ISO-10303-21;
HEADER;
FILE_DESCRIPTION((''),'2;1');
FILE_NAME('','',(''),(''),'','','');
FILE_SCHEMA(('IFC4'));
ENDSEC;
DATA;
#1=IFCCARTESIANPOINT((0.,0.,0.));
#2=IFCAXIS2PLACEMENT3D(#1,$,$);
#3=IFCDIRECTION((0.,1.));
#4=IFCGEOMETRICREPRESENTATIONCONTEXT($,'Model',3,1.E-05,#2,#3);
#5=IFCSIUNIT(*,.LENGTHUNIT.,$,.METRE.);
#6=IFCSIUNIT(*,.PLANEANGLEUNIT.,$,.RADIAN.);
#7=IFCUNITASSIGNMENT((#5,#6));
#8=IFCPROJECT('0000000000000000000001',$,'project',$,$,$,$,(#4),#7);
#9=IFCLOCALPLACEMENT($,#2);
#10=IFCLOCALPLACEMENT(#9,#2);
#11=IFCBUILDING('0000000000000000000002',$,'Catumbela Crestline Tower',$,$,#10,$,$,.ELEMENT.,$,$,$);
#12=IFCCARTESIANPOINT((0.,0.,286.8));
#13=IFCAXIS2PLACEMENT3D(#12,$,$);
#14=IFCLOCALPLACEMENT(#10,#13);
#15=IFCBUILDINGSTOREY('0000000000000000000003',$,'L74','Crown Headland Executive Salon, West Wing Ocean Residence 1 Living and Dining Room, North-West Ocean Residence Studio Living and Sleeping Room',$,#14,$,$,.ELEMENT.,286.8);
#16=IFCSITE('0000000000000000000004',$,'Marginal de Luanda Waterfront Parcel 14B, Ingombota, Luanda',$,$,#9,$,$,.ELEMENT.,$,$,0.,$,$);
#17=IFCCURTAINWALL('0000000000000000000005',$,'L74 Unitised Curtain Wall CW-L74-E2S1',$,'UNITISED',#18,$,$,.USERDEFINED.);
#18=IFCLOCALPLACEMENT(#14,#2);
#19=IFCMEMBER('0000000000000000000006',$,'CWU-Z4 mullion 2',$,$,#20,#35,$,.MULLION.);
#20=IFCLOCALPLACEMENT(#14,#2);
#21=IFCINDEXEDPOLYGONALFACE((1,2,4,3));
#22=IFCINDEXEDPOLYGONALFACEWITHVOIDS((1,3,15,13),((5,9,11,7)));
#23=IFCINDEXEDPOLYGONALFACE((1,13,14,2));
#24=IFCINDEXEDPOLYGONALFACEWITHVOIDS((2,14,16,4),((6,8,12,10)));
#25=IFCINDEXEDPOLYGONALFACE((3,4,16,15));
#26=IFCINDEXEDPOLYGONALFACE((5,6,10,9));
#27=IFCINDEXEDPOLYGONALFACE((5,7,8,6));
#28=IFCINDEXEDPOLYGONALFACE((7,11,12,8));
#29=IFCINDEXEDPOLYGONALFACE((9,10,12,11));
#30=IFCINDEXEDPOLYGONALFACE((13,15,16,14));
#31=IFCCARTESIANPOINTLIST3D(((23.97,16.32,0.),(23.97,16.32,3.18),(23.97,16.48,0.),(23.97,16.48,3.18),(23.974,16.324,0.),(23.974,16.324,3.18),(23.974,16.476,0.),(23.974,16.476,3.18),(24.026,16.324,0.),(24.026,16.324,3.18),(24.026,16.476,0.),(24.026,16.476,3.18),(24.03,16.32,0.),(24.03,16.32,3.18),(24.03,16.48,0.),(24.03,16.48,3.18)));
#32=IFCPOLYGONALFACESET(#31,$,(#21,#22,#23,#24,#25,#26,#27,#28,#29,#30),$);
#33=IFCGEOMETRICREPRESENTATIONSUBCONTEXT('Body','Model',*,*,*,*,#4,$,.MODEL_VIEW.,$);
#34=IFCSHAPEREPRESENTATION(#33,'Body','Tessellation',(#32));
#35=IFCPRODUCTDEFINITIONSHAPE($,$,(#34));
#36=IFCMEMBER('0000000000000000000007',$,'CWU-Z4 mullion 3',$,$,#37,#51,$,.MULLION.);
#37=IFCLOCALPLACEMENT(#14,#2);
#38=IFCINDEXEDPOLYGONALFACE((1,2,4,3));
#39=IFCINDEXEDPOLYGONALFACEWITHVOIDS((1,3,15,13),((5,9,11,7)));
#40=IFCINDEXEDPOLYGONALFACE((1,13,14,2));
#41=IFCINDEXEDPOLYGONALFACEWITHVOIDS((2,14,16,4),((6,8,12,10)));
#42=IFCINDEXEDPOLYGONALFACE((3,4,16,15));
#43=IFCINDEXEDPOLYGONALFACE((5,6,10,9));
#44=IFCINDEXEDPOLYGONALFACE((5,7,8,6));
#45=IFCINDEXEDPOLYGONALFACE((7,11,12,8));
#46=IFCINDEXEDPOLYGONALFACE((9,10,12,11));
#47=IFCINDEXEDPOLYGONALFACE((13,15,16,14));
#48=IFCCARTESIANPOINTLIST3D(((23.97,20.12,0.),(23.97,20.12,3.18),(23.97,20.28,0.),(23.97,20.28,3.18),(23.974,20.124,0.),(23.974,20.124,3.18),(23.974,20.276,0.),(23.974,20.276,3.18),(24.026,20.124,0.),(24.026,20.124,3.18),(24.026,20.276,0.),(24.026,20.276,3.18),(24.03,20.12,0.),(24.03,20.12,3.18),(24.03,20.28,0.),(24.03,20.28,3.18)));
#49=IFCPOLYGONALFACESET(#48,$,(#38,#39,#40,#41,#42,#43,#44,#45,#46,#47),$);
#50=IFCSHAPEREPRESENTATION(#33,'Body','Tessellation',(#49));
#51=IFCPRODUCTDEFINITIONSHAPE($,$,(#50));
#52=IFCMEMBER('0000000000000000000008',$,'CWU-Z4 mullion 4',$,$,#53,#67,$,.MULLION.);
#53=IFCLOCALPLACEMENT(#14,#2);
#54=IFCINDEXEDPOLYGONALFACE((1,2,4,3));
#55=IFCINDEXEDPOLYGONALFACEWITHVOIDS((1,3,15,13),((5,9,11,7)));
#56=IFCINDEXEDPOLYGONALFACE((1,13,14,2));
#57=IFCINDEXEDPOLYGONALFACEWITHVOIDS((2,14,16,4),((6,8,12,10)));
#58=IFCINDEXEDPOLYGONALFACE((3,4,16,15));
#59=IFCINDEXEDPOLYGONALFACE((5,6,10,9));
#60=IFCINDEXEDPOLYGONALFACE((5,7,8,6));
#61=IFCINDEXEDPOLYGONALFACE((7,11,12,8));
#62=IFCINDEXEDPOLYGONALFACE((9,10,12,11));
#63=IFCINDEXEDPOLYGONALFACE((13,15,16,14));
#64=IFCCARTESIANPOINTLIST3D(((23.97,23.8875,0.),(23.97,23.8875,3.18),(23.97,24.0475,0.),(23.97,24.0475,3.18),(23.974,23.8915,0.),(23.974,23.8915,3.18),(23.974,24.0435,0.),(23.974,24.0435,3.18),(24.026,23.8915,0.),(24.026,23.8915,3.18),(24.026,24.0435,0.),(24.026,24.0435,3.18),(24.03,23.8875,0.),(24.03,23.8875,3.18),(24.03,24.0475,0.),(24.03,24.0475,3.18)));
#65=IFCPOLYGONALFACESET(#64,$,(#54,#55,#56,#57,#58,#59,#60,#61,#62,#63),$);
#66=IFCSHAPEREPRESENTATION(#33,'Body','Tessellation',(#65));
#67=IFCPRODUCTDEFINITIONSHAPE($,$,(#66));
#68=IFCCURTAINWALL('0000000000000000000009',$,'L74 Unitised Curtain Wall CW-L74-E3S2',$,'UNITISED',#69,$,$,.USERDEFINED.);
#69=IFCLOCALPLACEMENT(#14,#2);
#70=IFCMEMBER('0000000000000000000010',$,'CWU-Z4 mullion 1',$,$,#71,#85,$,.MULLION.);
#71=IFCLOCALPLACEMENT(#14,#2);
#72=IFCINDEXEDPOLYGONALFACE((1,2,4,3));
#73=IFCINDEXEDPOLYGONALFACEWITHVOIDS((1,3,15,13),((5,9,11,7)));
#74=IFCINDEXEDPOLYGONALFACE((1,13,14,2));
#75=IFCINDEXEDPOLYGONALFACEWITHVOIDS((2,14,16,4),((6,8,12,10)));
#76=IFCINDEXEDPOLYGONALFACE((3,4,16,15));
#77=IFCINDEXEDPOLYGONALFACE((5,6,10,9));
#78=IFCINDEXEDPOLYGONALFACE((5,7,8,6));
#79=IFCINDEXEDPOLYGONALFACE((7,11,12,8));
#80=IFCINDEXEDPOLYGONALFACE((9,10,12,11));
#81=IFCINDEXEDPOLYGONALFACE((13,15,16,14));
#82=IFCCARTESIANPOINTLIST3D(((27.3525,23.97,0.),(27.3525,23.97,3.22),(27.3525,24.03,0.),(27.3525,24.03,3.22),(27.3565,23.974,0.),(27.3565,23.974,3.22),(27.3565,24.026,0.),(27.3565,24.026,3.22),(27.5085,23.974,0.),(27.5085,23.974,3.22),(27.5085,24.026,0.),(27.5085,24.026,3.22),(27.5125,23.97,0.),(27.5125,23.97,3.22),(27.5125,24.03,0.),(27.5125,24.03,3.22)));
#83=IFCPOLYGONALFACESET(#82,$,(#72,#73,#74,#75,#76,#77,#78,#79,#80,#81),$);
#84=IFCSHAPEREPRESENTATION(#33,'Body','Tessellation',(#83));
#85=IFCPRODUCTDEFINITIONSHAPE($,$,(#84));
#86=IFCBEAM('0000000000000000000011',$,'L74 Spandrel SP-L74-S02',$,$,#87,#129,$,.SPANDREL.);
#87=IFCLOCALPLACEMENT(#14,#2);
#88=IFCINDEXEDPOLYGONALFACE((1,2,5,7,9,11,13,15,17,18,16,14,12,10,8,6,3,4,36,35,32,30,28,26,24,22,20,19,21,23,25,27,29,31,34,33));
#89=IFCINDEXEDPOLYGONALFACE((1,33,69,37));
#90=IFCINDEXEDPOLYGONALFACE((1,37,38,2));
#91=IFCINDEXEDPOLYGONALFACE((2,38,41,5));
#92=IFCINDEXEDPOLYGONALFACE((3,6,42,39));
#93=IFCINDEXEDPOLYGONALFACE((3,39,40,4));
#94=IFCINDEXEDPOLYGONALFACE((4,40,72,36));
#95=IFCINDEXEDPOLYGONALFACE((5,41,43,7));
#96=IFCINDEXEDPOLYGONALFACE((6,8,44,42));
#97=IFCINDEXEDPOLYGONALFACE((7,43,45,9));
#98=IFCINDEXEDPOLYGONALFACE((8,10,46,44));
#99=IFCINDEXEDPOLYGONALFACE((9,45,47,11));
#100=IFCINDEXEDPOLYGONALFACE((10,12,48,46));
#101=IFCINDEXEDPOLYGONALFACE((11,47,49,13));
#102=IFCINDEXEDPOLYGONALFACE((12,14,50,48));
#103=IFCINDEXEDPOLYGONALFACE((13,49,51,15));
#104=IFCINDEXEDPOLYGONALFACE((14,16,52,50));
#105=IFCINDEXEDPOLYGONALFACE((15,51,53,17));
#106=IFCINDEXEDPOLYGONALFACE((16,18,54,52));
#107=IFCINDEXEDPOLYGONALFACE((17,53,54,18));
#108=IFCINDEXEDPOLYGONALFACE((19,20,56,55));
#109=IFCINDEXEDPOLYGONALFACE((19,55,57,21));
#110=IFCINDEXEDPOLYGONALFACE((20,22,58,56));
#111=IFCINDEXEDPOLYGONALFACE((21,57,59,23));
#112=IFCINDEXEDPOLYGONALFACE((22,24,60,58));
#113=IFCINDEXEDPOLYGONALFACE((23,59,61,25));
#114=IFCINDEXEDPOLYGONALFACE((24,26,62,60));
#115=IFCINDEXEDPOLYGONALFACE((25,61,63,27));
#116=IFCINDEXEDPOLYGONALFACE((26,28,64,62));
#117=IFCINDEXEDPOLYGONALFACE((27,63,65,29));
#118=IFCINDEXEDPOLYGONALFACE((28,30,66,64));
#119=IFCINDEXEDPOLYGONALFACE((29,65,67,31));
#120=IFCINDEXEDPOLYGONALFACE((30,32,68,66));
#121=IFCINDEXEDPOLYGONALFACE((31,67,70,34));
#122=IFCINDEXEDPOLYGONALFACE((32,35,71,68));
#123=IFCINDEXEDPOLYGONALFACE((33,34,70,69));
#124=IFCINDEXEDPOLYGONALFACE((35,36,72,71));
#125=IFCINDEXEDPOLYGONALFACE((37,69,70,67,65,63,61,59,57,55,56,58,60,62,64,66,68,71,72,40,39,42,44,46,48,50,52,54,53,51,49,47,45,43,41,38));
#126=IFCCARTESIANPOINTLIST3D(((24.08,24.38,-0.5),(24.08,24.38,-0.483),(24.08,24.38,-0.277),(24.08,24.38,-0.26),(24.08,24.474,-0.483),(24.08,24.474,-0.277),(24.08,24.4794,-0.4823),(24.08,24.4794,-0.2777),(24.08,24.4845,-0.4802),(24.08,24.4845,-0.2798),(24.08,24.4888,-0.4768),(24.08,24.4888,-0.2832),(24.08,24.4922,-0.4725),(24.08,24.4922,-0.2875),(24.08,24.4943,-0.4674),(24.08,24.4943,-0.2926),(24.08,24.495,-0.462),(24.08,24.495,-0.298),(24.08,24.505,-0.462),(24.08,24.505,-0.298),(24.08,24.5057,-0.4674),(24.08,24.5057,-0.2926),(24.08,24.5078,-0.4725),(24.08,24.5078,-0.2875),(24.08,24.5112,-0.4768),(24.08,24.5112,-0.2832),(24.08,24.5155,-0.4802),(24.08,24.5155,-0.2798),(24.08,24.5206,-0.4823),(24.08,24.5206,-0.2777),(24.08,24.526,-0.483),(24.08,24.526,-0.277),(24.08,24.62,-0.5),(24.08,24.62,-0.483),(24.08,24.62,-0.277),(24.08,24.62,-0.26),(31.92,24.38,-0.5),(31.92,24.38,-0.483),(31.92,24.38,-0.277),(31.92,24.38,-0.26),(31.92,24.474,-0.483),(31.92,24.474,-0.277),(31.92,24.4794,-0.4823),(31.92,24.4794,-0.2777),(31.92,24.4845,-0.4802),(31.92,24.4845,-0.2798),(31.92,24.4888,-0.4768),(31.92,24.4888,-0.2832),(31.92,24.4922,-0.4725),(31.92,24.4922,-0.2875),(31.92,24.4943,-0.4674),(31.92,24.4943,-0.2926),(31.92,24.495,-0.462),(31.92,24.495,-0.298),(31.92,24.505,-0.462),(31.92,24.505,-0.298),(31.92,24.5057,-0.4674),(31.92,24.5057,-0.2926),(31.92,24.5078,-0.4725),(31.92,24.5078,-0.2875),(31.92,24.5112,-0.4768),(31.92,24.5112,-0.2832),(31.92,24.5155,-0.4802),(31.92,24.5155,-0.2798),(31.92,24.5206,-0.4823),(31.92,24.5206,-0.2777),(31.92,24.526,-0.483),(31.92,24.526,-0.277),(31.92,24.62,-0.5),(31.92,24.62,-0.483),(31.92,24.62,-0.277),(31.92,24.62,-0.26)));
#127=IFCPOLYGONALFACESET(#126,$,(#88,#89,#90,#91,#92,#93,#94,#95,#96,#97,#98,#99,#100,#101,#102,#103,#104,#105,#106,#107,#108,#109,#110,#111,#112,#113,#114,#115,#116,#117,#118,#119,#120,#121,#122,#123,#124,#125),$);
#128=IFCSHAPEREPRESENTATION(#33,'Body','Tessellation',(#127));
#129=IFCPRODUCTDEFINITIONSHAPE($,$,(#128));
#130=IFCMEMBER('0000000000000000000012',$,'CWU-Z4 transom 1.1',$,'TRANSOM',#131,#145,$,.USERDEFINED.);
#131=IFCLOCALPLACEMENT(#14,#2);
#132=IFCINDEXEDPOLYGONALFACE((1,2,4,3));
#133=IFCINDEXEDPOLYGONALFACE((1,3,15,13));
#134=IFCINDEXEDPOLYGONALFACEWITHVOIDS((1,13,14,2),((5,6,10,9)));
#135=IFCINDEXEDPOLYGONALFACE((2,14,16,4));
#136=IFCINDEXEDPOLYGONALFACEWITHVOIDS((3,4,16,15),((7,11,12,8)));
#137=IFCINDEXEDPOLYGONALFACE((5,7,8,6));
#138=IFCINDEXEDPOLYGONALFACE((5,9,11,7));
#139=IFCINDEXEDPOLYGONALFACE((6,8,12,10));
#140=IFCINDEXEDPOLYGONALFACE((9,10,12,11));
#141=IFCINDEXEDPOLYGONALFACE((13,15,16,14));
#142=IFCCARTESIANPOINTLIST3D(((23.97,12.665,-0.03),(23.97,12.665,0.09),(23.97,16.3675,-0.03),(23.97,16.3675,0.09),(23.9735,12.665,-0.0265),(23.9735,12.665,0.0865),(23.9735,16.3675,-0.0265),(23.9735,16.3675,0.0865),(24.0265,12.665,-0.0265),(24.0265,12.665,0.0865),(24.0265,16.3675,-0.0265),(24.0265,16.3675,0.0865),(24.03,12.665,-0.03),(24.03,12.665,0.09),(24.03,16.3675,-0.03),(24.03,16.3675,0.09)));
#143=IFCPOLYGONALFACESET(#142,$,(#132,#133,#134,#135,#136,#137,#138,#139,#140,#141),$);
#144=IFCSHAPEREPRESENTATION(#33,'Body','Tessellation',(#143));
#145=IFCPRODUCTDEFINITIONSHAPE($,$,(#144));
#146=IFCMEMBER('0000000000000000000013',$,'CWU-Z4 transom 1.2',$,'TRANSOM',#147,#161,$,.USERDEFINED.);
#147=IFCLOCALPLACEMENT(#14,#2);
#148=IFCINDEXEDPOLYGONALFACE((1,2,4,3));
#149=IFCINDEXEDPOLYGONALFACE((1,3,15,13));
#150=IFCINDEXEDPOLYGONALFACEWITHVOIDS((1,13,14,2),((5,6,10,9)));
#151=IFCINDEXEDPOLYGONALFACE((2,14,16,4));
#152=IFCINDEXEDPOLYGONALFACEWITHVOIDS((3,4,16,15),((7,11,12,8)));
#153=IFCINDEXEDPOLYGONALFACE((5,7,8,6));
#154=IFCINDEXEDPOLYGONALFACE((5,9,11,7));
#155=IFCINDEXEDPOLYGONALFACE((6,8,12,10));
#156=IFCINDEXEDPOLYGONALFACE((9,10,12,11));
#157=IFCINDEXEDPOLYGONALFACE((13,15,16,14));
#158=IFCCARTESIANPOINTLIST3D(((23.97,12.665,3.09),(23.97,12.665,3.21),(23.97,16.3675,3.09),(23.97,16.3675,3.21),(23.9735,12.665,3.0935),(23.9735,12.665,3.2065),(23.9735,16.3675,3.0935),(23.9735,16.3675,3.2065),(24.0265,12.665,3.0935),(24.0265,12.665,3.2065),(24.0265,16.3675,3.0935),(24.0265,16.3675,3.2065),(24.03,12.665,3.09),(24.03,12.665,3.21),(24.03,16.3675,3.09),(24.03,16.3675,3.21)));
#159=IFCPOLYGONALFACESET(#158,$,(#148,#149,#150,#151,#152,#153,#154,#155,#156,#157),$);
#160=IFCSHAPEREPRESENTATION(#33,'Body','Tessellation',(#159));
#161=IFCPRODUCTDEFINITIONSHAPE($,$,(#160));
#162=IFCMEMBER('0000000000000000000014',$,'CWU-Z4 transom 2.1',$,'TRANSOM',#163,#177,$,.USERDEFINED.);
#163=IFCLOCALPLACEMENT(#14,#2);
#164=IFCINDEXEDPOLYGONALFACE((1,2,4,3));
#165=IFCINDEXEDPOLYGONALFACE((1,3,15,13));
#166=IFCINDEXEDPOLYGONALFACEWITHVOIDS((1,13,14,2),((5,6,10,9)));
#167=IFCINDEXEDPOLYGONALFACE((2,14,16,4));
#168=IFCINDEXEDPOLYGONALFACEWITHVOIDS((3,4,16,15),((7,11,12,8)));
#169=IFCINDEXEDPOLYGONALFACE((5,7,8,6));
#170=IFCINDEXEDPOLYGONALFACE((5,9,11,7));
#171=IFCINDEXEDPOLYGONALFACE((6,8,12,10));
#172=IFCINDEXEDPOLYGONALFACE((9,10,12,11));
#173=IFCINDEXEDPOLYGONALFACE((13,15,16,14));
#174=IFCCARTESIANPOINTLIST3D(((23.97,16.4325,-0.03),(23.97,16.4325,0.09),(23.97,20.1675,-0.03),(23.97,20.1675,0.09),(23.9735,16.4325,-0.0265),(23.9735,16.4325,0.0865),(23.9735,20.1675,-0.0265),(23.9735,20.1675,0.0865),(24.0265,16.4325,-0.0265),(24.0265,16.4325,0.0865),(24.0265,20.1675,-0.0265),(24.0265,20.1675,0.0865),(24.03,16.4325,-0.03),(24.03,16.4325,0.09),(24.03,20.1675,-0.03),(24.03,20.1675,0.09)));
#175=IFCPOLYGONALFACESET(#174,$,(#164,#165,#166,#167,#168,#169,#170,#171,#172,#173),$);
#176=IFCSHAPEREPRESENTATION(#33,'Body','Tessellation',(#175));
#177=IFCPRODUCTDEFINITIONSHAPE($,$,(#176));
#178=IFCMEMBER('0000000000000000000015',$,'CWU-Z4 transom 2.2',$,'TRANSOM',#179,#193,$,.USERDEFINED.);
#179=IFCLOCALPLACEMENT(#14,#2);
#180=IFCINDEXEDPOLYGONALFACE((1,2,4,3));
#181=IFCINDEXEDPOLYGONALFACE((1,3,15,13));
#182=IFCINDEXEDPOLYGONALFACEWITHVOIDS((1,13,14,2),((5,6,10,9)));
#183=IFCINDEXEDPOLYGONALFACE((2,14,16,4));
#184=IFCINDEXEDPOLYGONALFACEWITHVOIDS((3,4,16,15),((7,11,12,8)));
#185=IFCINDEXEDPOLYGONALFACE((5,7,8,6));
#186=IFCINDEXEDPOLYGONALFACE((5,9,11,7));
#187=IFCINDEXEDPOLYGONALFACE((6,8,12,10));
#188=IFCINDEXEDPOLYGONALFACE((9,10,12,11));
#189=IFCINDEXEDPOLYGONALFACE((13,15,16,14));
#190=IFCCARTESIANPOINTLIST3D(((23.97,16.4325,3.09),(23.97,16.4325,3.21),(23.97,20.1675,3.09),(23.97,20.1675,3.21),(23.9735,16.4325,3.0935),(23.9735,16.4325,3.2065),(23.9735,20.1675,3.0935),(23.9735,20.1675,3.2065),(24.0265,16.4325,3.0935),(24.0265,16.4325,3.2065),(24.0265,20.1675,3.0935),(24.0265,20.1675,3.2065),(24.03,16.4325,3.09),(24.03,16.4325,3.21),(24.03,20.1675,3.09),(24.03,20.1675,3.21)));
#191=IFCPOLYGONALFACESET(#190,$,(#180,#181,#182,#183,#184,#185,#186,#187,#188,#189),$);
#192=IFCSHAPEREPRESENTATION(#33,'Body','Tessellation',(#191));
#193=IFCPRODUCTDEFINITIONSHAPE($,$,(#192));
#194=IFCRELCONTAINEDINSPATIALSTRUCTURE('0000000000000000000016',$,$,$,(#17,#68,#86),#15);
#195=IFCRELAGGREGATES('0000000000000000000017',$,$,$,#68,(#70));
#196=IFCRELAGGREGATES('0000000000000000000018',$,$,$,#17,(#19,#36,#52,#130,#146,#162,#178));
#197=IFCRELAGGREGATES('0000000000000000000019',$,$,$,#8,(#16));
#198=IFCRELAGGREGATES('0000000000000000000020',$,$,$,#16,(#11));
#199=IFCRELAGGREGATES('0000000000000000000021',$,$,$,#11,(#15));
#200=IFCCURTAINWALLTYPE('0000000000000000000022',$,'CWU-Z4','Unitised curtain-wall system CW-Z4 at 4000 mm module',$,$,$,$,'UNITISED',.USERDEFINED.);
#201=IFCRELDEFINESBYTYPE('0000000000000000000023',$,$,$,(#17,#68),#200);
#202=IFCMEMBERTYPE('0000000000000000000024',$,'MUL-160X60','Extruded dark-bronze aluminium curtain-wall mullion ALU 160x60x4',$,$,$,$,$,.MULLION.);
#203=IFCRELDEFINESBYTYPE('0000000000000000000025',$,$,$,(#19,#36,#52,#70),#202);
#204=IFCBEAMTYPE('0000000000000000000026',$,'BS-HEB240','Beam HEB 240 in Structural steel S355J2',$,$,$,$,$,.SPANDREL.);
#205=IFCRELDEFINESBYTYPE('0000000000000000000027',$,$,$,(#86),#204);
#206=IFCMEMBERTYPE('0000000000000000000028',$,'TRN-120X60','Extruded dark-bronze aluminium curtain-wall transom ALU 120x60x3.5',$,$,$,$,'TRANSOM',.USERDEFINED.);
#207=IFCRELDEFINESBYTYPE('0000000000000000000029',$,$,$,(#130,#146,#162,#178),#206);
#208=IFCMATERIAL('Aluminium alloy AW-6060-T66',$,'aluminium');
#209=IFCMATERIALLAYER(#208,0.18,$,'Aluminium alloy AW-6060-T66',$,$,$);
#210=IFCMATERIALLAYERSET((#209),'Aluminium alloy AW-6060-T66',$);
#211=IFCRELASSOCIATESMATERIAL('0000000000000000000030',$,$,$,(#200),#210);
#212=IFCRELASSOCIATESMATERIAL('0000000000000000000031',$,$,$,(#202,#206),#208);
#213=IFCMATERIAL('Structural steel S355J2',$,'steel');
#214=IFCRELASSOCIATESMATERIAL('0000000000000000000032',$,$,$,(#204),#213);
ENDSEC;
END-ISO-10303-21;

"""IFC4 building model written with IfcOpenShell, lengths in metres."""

from ifc_helpers import new_model, si_unit, direction, frame, origin, origin_2d, place, context, subcontext, project, spatial, hollow_rectangle, i_section, extrude, material, layer, layer_set, material_profile, profile_set, type_object, element, aggregate, save


model = new_model("IFC4")

# Units and contexts
model_context = context("Model", 3, precision=1e-05, world=origin(), true_north=direction((0.0, 1.0)))
body_context = subcontext(model_context, "Body", "Model", "MODEL_VIEW")
ifc_project = project(units=[si_unit("LENGTHUNIT", "METRE"), si_unit("PLANEANGLEUNIT", "RADIAN")], contexts=[model_context])

# Site, building, storey
site_placement = place(None, origin())
site = spatial("IfcSite", under=ifc_project, at=site_placement, Name="Marginal de Luanda Waterfront Parcel 14B, Ingombota, Luanda", CompositionType="ELEMENT", RefElevation=0.0)
building_placement = place(site_placement, origin())
building = spatial("IfcBuilding", under=site, at=building_placement, Name="Catumbela Crestline Tower", CompositionType="ELEMENT")
storey_placement = place(building_placement, frame((0.0, 0.0, 286.8)))
storey = spatial("IfcBuildingStorey", under=building, at=storey_placement, Name="L74", Description="Crown Headland Executive Salon, West Wing Ocean Residence 1 Living and Dining Room, North-West Ocean Residence Studio Living and Sleeping Room", CompositionType="ELEMENT", Elevation=286.8)

# Shared definitions
ifc_material_1 = material(Name="Structural steel S355J2", Category="steel")

# Curtain wall, members
ifc_material_2 = material(Name="Aluminium alloy AW-6060-T66", Category="aluminium")
ifc_layer_1 = layer(ifc_material_2, 0.18, Name="Aluminium alloy AW-6060-T66")
ifc_layer_set_1 = layer_set([ifc_layer_1], Name="Aluminium alloy AW-6060-T66")
curtain_wall_type = type_object("IfcCurtainWallType", Name="CWU-Z4", Description="Unitised curtain-wall system CW-Z4 at 4000 mm module", ElementType="UNITISED", PredefinedType="USERDEFINED", material=ifc_layer_set_1)
curtain_wall_1_placement = place(storey_placement, origin())
curtain_wall_1 = element("IfcCurtainWall", 1, at=curtain_wall_1_placement, inside=storey, type_object=curtain_wall_type, Name="L74 Unitised Curtain Wall CW-L74-E2S1", ObjectType="UNITISED", PredefinedType="USERDEFINED")
ifc_material_profile_1 = material_profile(ifc_material_2, hollow_rectangle(XDim=0.06, YDim=0.16, WallThickness=0.004, at=origin_2d()), Name="ALU 160x60x4")
ifc_profile_set_1 = profile_set([ifc_material_profile_1], Name="Aluminium alloy AW-6060-T66")
member_type_1 = type_object("IfcMemberType", Name="MUL-160X60", Description="Extruded dark-bronze aluminium curtain-wall mullion ALU 160x60x4", PredefinedType="MULLION", material=ifc_profile_set_1)
member_1_placement = place(storey_placement, frame((24.0, 16.4, 0.0), z_axis=(0.0, 0.0, 1.0), x_axis=(-1.0, 0.0, 0.0)))
member_1 = element("IfcMember", 2, at=member_1_placement, type_object=member_type_1, Name="CWU-Z4 mullion 2", PredefinedType="MULLION", context=body_context, shape_type="SweptSolid", body=[
    extrude(hollow_rectangle(XDim=0.06, YDim=0.16, WallThickness=0.004, at=origin_2d()), origin(), (0.0, 0.0, 1.0), 3.18),
])
member_2_placement = place(storey_placement, frame((24.0, 20.2, 0.0), z_axis=(0.0, 0.0, 1.0), x_axis=(-1.0, 0.0, 0.0)))
member_2 = element("IfcMember", 3, at=member_2_placement, type_object=member_type_1, Name="CWU-Z4 mullion 3", PredefinedType="MULLION", context=body_context, shape_type="SweptSolid", body=[
    extrude(hollow_rectangle(XDim=0.06, YDim=0.16, WallThickness=0.004, at=origin_2d()), origin(), (0.0, 0.0, 1.0), 3.18),
])
member_3_placement = place(storey_placement, frame((24.0, 23.9675, 0.0), z_axis=(0.0, 0.0, 1.0), x_axis=(-1.0, 0.0, 0.0)))
member_3 = element("IfcMember", 4, at=member_3_placement, type_object=member_type_1, Name="CWU-Z4 mullion 4", PredefinedType="MULLION", context=body_context, shape_type="SweptSolid", body=[
    extrude(hollow_rectangle(XDim=0.06, YDim=0.16, WallThickness=0.004, at=origin_2d()), origin(), (0.0, 0.0, 1.0), 3.18),
])

# Curtain wall, member
curtain_wall_2_placement = place(storey_placement, origin())
curtain_wall_2 = element("IfcCurtainWall", 5, at=curtain_wall_2_placement, inside=storey, type_object=curtain_wall_type, Name="L74 Unitised Curtain Wall CW-L74-E3S2", ObjectType="UNITISED", PredefinedType="USERDEFINED")
member_4_placement = place(storey_placement, frame((27.4325, 24.0, 0.0), z_axis=(0.0, 0.0, 1.0), x_axis=(0.0, 1.0, 0.0)))
member_4 = element("IfcMember", 6, at=member_4_placement, type_object=member_type_1, Name="CWU-Z4 mullion 1", PredefinedType="MULLION", context=body_context, shape_type="SweptSolid", body=[
    extrude(hollow_rectangle(XDim=0.06, YDim=0.16, WallThickness=0.004, at=origin_2d()), origin(), (0.0, 0.0, 1.0), 3.22),
])

# Beam
ifc_material_profile_2 = material_profile(ifc_material_1, i_section(OverallWidth=0.24, OverallDepth=0.24, WebThickness=0.01, FlangeThickness=0.017, FilletRadius=0.021, at=origin_2d()), Name="HEB 240")
ifc_profile_set_2 = profile_set([ifc_material_profile_2], Name="Structural steel S355J2")
beam_type_1 = type_object("IfcBeamType", Name="BS-HEB240", Description="Beam HEB 240 in Structural steel S355J2", PredefinedType="SPANDREL", material=ifc_profile_set_2)
beam_1_placement = place(storey_placement, frame((24.08, 24.5, -0.38), z_axis=(1.0, 0.0, 0.0), x_axis=(0.0, 1.0, 0.0)))
element("IfcBeam", 7, at=beam_1_placement, inside=storey, type_object=beam_type_1, Name="L74 Spandrel SP-L74-S02", PredefinedType="SPANDREL", context=body_context, shape_type="SweptSolid", body=[
    extrude(i_section(OverallWidth=0.24, OverallDepth=0.24, WebThickness=0.01, FlangeThickness=0.017, FilletRadius=0.021, at=origin_2d()), origin(), (0.0, 0.0, 1.0), 7.84),
])

# Members
ifc_material_profile_3 = material_profile(ifc_material_2, hollow_rectangle(XDim=0.06, YDim=0.12, WallThickness=0.0035, at=origin_2d()), Name="ALU 120x60x3.5")
ifc_profile_set_3 = profile_set([ifc_material_profile_3], Name="Aluminium alloy AW-6060-T66")
member_type_2 = type_object("IfcMemberType", Name="TRN-120X60", Description="Extruded dark-bronze aluminium curtain-wall transom ALU 120x60x3.5", ElementType="TRANSOM", PredefinedType="USERDEFINED", material=ifc_profile_set_3)
member_5_placement = place(storey_placement, frame((24.0, 12.665, 0.03), z_axis=(0.0, 1.0, 0.0), x_axis=(-1.0, 0.0, 0.0)))
member_5 = element("IfcMember", 8, at=member_5_placement, type_object=member_type_2, Name="CWU-Z4 transom 1.1", ObjectType="TRANSOM", PredefinedType="USERDEFINED", context=body_context, shape_type="SweptSolid", body=[
    extrude(hollow_rectangle(XDim=0.06, YDim=0.12, WallThickness=0.0035, at=origin_2d()), origin(), (0.0, 0.0, 1.0), 3.7025),
])
member_6_placement = place(storey_placement, frame((24.0, 12.665, 3.15), z_axis=(0.0, 1.0, 0.0), x_axis=(-1.0, 0.0, 0.0)))
member_6 = element("IfcMember", 9, at=member_6_placement, type_object=member_type_2, Name="CWU-Z4 transom 1.2", ObjectType="TRANSOM", PredefinedType="USERDEFINED", context=body_context, shape_type="SweptSolid", body=[
    extrude(hollow_rectangle(XDim=0.06, YDim=0.12, WallThickness=0.0035, at=origin_2d()), origin(), (0.0, 0.0, 1.0), 3.7025),
])
member_7_placement = place(storey_placement, frame((24.0, 16.4325, 0.03), z_axis=(0.0, 1.0, 0.0), x_axis=(-1.0, 0.0, 0.0)))
member_7 = element("IfcMember", 10, at=member_7_placement, type_object=member_type_2, Name="CWU-Z4 transom 2.1", ObjectType="TRANSOM", PredefinedType="USERDEFINED", context=body_context, shape_type="SweptSolid", body=[
    extrude(hollow_rectangle(XDim=0.06, YDim=0.12, WallThickness=0.0035, at=origin_2d()), origin(), (0.0, 0.0, 1.0), 3.735),
])
member_8_placement = place(storey_placement, frame((24.0, 16.4325, 3.15), z_axis=(0.0, 1.0, 0.0), x_axis=(-1.0, 0.0, 0.0)))
member_8 = element("IfcMember", 11, at=member_8_placement, type_object=member_type_2, Name="CWU-Z4 transom 2.2", ObjectType="TRANSOM", PredefinedType="USERDEFINED", context=body_context, shape_type="SweptSolid", body=[
    extrude(hollow_rectangle(XDim=0.06, YDim=0.12, WallThickness=0.0035, at=origin_2d()), origin(), (0.0, 0.0, 1.0), 3.735),
])
aggregate(curtain_wall_2, [member_4])

aggregate(curtain_wall_1, [member_1, member_2, member_3, member_5, member_6, member_7, member_8])

save(model, "model.ifc")
